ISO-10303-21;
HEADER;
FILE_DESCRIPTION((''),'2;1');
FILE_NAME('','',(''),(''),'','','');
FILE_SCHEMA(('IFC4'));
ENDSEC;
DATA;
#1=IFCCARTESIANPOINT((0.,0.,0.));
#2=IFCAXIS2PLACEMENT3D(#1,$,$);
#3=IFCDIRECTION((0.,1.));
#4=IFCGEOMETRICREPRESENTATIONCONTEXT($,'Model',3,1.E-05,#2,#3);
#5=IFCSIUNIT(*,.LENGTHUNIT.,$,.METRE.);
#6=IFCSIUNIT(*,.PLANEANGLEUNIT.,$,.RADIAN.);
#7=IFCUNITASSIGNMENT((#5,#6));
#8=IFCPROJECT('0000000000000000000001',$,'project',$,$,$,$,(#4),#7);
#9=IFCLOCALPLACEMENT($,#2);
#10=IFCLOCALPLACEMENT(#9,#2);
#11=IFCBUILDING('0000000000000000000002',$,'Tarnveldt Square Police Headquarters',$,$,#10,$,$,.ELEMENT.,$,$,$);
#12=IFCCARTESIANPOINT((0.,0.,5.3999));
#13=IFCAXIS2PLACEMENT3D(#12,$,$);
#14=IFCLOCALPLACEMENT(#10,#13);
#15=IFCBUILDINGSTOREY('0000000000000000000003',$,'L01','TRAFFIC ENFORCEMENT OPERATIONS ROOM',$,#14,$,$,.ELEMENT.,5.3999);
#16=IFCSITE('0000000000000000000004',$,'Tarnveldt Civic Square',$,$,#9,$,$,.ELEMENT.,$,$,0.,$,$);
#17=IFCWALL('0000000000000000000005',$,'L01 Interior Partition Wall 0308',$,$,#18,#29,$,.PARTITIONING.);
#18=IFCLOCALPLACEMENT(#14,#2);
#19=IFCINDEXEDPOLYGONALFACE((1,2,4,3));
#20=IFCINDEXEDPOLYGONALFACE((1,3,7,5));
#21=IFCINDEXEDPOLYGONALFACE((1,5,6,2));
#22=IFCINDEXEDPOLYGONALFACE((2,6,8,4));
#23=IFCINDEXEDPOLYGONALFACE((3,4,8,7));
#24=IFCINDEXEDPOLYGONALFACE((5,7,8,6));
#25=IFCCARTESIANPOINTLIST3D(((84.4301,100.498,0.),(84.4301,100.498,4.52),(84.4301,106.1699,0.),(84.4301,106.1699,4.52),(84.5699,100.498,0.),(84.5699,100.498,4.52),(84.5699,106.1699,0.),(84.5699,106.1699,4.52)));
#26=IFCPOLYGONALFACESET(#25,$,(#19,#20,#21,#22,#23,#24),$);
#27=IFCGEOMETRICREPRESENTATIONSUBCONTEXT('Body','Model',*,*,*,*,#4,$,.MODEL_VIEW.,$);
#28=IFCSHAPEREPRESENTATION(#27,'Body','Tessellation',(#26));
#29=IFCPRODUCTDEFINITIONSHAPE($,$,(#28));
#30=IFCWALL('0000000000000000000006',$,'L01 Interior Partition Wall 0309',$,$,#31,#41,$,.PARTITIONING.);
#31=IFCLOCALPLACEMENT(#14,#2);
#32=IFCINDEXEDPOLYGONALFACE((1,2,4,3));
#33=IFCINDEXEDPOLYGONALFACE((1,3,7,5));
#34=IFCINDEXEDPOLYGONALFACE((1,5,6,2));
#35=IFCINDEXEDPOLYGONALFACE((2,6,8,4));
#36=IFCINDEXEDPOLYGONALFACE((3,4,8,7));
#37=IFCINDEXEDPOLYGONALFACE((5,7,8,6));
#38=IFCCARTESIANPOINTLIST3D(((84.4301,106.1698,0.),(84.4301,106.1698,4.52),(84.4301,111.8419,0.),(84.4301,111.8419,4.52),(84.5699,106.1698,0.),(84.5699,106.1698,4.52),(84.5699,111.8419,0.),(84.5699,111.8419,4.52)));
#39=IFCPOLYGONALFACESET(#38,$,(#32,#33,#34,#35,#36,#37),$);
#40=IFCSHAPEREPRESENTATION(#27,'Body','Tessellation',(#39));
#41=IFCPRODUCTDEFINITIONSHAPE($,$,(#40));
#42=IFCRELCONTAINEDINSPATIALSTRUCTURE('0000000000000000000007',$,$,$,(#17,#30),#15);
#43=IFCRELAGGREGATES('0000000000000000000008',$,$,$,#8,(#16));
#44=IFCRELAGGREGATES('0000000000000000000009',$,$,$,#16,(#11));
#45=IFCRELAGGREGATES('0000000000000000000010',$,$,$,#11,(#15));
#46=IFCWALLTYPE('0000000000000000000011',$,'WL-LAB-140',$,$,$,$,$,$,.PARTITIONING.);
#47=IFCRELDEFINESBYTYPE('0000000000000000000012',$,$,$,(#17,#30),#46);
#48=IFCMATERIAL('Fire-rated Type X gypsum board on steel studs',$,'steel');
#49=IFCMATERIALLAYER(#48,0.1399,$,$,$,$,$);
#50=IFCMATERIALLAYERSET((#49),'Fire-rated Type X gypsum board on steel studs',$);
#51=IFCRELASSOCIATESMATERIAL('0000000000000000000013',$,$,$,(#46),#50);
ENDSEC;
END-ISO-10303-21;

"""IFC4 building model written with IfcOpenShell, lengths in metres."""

from ifc_helpers import new_model, si_unit, direction, frame, frame_2d, origin, place, context, subcontext, project, spatial, rectangle, extrude, material, layer, layer_set, type_object, element, save


model = new_model("IFC4")

# Units and contexts
model_context = context("Model", 3, precision=1e-05, world=origin(), true_north=direction((0.0, 1.0)))
body_context = subcontext(model_context, "Body", "Model", "MODEL_VIEW")
ifc_project = project(units=[si_unit("LENGTHUNIT", "METRE"), si_unit("PLANEANGLEUNIT", "RADIAN")], contexts=[model_context])

# Site, building, storey
site_placement = place(None, origin())
site = spatial("IfcSite", under=ifc_project, at=site_placement, Name="Tarnveldt Civic Square", CompositionType="ELEMENT", RefElevation=0.0)
building_placement = place(site_placement, origin())
building = spatial("IfcBuilding", under=site, at=building_placement, Name="Tarnveldt Square Police Headquarters", CompositionType="ELEMENT")
storey_placement = place(building_placement, frame((0.0, 0.0, 5.3999)))
storey = spatial("IfcBuildingStorey", under=building, at=storey_placement, Name="L01", Description="TRAFFIC ENFORCEMENT OPERATIONS ROOM", CompositionType="ELEMENT", Elevation=5.3999)

# Shared definitions
ifc_material_1 = material(Name="Fire-rated Type X gypsum board on steel studs", Category="steel")

# Walls
ifc_layer_1 = layer(ifc_material_1, 0.1399)
ifc_layer_set_1 = layer_set([ifc_layer_1], Name="Fire-rated Type X gypsum board on steel studs")
wall_type_1 = type_object("IfcWallType", Name="WL-LAB-140", PredefinedType="PARTITIONING", material=ifc_layer_set_1)
wall_1_placement = place(storey_placement, frame((84.5, 100.498, 0.0), z_axis=(0.0, 0.0, 1.0), x_axis=(0.0, 1.0, 0.0)))
element("IfcWall", 1, at=wall_1_placement, inside=storey, type_object=wall_type_1, Name="L01 Interior Partition Wall 0308", PredefinedType="PARTITIONING", context=body_context, shape_type="SweptSolid", body=[
    extrude(rectangle(XDim=5.6719, YDim=0.1399, at=frame_2d((2.8359, 0.0))), origin(), (0.0, 0.0, 1.0), 4.52),
])
wall_2_placement = place(storey_placement, frame((84.5, 106.1699, 0.0), z_axis=(0.0, 0.0, 1.0), x_axis=(0.0, 1.0, 0.0)))
element("IfcWall", 2, at=wall_2_placement, inside=storey, type_object=wall_type_1, Name="L01 Interior Partition Wall 0309", PredefinedType="PARTITIONING", context=body_context, shape_type="SweptSolid", body=[
    extrude(rectangle(XDim=5.6721, YDim=0.1399, at=frame_2d((2.8359, 0.0))), origin(), (0.0, 0.0, 1.0), 4.52),
])

save(model, "model.ifc")
